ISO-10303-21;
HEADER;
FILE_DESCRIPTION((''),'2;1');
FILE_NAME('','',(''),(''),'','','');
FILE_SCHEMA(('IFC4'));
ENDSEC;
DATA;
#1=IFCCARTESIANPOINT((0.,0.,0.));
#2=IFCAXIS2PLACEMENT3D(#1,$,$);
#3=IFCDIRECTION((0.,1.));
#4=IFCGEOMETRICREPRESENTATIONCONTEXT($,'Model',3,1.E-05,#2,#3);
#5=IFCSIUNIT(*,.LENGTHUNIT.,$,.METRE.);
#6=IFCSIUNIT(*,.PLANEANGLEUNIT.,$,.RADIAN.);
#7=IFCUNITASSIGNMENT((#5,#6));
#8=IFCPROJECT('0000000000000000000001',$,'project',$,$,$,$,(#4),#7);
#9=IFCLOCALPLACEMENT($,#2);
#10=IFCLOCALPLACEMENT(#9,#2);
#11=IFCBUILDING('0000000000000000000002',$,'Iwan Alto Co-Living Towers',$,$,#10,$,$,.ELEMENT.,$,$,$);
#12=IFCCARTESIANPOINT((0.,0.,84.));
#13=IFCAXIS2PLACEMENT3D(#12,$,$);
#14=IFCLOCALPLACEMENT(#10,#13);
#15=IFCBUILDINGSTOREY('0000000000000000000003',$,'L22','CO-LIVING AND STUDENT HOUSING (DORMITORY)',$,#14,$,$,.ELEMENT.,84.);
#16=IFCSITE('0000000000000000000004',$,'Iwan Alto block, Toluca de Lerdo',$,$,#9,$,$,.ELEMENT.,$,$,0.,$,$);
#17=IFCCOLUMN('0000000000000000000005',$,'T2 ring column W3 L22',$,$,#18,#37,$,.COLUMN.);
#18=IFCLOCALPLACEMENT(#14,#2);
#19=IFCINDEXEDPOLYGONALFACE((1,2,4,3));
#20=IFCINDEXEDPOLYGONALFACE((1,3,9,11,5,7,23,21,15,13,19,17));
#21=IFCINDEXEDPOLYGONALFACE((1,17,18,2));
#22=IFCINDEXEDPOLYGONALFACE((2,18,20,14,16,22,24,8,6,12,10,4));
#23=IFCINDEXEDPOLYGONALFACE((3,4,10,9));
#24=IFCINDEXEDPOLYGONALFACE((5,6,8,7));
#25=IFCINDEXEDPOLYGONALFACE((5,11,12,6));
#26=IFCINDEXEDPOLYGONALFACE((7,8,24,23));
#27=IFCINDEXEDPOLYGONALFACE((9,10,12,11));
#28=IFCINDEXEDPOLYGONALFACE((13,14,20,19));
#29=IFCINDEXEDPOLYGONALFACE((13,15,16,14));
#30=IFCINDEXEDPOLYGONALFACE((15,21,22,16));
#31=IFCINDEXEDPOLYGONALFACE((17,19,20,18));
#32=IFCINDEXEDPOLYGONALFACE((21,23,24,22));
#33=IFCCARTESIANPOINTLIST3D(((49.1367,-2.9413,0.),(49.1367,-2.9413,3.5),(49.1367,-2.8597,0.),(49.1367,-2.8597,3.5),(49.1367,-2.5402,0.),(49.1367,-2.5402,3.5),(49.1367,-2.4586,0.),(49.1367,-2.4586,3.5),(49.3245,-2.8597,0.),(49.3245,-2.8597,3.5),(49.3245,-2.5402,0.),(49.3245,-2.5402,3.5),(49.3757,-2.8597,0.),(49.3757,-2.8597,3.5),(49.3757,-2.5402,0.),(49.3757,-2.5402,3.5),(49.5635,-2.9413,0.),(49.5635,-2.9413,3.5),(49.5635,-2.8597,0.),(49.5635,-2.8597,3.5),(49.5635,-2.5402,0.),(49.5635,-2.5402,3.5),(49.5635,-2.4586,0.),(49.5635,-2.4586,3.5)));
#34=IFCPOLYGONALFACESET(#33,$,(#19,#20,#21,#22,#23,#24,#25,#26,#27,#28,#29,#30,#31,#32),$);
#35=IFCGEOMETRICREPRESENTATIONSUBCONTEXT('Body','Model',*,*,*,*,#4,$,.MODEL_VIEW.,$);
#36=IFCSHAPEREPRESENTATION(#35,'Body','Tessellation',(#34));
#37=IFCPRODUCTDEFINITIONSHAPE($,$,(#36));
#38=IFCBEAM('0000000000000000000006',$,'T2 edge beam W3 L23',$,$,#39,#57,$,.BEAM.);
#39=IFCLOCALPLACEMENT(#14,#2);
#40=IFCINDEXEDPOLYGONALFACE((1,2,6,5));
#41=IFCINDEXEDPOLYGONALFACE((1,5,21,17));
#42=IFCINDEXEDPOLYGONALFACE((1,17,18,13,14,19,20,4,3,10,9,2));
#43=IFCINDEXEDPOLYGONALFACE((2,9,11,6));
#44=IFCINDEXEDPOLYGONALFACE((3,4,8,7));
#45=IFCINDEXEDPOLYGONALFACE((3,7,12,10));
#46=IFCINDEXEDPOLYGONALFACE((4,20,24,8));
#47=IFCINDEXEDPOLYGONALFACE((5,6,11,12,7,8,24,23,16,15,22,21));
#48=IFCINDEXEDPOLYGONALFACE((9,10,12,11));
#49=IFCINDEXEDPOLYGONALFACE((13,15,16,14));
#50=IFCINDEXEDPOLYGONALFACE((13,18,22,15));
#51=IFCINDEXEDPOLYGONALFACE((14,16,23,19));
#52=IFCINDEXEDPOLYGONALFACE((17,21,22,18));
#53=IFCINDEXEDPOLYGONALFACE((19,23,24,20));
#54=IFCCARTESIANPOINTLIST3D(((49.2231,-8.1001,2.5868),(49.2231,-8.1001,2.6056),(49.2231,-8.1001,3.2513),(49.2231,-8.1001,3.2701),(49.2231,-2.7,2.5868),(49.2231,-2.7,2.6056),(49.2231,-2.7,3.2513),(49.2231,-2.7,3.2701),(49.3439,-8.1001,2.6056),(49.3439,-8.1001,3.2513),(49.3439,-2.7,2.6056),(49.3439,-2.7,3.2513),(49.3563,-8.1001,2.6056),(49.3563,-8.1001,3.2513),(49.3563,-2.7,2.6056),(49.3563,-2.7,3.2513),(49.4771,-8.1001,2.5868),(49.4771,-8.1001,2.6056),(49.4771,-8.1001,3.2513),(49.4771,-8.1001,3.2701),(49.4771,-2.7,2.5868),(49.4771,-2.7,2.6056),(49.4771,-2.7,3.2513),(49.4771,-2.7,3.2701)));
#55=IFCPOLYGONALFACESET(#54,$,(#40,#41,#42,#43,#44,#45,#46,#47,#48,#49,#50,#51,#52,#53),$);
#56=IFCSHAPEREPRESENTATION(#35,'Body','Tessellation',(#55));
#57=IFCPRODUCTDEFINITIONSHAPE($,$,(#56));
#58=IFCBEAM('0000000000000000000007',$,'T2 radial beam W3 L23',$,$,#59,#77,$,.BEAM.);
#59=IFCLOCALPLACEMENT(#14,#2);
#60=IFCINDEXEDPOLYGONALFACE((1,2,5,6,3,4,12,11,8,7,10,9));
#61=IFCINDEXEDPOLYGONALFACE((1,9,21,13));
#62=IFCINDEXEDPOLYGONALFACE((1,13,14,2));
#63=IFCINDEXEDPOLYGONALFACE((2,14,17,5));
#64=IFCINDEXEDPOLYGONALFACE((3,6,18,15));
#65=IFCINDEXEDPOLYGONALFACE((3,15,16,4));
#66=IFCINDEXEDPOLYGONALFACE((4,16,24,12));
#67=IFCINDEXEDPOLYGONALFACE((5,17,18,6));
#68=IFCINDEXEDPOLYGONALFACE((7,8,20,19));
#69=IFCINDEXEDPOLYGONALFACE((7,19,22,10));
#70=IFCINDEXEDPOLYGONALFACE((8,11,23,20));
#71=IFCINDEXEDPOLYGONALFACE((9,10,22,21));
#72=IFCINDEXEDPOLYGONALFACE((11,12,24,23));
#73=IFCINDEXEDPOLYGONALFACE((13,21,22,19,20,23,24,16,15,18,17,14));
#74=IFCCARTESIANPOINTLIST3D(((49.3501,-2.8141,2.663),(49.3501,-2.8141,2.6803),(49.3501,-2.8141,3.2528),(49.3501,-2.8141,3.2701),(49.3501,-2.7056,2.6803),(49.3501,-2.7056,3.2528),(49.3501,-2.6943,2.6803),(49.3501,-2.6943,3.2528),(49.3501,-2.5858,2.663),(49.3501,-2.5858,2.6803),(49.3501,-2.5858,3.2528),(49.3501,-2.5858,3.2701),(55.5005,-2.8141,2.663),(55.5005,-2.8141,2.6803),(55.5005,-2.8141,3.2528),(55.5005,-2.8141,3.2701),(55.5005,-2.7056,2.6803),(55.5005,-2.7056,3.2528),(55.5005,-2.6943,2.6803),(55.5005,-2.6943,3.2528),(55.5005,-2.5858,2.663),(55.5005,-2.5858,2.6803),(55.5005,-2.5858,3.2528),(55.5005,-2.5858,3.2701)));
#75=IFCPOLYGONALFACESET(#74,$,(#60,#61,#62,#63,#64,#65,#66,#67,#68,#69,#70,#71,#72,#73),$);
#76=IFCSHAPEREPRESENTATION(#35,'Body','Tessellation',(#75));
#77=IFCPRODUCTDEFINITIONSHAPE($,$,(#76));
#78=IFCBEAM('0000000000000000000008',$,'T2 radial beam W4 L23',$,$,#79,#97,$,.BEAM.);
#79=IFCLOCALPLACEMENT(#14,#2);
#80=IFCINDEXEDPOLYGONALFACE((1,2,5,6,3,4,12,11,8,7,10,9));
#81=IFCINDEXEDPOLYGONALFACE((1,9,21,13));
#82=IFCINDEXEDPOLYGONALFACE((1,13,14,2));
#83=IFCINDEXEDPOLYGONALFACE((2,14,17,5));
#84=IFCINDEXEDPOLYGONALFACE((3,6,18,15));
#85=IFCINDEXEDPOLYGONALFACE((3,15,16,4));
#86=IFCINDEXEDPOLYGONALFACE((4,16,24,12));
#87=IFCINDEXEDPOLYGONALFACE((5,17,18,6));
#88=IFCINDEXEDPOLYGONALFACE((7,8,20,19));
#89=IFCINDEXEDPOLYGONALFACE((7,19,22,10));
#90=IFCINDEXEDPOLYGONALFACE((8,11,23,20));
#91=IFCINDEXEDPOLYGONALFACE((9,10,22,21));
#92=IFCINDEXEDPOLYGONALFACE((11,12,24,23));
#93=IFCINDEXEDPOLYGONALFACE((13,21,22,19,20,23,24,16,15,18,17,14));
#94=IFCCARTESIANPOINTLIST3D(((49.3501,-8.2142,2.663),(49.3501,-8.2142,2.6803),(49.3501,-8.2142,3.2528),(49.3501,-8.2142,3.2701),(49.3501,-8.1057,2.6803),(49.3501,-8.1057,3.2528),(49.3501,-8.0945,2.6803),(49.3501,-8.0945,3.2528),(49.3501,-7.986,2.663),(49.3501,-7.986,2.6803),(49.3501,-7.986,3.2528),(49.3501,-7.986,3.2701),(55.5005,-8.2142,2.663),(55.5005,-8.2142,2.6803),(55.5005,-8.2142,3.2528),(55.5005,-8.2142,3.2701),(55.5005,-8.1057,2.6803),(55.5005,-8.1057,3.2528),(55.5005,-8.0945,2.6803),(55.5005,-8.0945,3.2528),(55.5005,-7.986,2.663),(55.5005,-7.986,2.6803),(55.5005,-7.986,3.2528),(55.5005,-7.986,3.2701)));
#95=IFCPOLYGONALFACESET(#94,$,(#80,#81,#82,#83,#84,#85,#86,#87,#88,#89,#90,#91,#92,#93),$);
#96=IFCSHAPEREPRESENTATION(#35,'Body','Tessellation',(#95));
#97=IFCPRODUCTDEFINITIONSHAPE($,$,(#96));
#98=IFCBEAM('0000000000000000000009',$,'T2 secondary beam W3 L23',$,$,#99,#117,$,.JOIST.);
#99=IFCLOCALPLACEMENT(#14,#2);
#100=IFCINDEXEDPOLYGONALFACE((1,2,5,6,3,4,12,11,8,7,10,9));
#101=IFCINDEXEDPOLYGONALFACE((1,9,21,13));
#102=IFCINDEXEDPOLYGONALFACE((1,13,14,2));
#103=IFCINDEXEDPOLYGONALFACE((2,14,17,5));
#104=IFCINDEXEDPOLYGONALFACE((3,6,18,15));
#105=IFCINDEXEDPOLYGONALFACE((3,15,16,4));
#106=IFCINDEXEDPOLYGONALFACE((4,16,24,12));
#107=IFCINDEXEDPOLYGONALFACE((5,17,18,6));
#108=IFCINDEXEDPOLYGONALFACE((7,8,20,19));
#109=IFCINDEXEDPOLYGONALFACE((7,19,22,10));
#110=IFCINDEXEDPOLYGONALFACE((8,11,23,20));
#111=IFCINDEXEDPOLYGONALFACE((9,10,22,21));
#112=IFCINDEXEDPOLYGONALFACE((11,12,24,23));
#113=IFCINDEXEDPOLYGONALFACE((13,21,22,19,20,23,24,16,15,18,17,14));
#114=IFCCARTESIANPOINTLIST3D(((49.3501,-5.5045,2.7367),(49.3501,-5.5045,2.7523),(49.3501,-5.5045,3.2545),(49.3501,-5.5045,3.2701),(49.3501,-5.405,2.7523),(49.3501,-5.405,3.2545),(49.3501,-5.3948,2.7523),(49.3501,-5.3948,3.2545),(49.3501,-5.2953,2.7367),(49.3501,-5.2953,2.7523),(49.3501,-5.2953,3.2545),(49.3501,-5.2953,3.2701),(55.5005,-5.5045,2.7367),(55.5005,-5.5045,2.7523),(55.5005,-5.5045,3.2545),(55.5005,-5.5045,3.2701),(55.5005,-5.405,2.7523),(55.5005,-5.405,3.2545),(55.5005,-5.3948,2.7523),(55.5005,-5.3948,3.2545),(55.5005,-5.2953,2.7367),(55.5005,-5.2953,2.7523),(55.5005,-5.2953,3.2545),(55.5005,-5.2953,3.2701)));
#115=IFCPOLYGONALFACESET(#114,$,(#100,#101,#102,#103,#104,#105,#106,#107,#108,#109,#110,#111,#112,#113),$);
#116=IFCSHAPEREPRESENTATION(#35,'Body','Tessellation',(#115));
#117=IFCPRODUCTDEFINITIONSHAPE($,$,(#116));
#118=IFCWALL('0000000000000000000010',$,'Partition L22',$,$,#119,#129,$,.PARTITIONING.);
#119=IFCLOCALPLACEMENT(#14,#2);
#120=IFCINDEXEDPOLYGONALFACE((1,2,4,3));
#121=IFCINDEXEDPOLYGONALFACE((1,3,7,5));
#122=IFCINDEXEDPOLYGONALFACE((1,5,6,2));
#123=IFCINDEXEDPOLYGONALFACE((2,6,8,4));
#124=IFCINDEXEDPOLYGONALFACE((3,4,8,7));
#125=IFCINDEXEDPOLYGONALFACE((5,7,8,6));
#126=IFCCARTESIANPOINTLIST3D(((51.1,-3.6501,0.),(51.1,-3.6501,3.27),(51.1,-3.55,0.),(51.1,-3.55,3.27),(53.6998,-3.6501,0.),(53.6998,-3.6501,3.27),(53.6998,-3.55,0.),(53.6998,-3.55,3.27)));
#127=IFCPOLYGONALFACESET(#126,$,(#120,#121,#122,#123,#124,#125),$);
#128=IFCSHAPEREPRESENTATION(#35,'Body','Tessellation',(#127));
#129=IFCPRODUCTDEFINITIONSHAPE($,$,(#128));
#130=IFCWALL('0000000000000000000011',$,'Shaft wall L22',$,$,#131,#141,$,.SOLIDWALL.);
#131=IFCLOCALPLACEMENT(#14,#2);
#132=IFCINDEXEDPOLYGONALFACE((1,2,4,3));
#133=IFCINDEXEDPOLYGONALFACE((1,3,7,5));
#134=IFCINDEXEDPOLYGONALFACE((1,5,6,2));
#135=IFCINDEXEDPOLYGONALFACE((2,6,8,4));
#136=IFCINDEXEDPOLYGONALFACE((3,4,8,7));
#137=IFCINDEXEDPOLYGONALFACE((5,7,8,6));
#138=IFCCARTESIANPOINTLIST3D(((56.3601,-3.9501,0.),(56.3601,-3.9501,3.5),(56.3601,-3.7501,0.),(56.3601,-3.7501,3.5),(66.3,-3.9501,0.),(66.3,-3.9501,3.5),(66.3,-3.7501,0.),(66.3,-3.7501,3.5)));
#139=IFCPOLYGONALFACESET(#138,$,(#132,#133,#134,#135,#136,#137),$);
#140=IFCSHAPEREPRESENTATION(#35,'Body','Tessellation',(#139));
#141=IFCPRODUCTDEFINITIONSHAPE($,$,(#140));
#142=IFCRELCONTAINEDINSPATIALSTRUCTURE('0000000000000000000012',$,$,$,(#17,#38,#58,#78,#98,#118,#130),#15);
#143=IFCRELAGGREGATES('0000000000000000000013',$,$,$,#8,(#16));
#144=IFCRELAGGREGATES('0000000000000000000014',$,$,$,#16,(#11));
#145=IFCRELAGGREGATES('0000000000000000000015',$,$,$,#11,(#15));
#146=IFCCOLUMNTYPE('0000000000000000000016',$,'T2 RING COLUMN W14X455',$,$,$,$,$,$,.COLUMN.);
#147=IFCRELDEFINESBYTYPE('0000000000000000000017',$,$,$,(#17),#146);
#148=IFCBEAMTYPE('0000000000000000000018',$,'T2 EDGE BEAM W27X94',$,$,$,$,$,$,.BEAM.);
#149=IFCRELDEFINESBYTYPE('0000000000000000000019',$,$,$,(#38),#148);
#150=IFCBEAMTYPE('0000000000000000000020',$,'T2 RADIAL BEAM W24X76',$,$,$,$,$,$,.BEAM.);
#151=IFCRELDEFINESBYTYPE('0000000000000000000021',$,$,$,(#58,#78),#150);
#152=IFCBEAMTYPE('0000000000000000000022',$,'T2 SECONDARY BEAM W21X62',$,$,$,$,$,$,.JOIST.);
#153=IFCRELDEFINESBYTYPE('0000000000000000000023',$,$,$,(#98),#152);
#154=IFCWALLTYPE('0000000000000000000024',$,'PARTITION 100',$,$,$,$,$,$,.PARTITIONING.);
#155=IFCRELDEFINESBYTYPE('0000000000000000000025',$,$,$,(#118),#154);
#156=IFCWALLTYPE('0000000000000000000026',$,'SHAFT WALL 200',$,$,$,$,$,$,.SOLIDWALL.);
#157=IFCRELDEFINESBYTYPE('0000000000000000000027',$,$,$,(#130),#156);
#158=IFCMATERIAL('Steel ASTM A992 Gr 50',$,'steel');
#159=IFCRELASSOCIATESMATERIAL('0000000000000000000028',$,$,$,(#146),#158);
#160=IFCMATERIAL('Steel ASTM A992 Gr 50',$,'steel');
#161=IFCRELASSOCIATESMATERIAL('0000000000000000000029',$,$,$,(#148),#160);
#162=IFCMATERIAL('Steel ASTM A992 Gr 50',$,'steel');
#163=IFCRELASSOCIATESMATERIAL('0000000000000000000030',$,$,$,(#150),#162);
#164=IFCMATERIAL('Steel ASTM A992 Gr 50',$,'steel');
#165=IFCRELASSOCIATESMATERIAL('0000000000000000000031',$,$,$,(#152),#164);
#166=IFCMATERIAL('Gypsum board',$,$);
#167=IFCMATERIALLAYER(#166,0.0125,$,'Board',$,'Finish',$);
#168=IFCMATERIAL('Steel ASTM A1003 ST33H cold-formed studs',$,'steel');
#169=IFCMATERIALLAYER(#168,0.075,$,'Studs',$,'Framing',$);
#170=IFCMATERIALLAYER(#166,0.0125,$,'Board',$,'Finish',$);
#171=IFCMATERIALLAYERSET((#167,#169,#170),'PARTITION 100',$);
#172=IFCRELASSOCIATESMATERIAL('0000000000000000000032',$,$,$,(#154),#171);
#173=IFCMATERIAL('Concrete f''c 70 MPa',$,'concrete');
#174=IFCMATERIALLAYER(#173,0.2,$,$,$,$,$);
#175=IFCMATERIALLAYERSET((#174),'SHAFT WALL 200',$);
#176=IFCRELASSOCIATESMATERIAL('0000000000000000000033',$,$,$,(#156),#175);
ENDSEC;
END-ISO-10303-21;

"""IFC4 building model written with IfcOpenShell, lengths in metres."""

from ifc_helpers import new_model, si_unit, direction, frame, frame_2d, origin, origin_2d, place, context, subcontext, project, spatial, rectangle, i_section, extrude, material, layer, layer_set, material_profile, profile_set, type_object, element, save


model = new_model("IFC4")

# Units and contexts
model_context = context("Model", 3, precision=1e-05, world=origin(), true_north=direction((0.0, 1.0)))
body_context = subcontext(model_context, "Body", "Model", "MODEL_VIEW")
ifc_project = project(units=[si_unit("LENGTHUNIT", "METRE"), si_unit("PLANEANGLEUNIT", "RADIAN")], contexts=[model_context])

# Site, building, storey
site_placement = place(None, origin())
site = spatial("IfcSite", under=ifc_project, at=site_placement, Name="Iwan Alto block, Toluca de Lerdo", CompositionType="ELEMENT", RefElevation=0.0)
building_placement = place(site_placement, origin())
building = spatial("IfcBuilding", under=site, at=building_placement, Name="Iwan Alto Co-Living Towers", CompositionType="ELEMENT")
storey_placement = place(building_placement, frame((0.0, 0.0, 84.0)))
storey = spatial("IfcBuildingStorey", under=building, at=storey_placement, Name="L22", Description="CO-LIVING AND STUDENT HOUSING (DORMITORY)", CompositionType="ELEMENT", Elevation=84.0)

# Column
ifc_material_1 = material(Name="Steel ASTM A992 Gr 50", Category="steel")
ifc_material_profile_1 = material_profile(ifc_material_1, i_section(OverallWidth=0.4268, OverallDepth=0.4827, WebThickness=0.0513, FlangeThickness=0.0815, at=origin_2d()), Name="W14X455")
ifc_profile_set_1 = profile_set([ifc_material_profile_1], Name="Steel ASTM A992 Gr 50")
column_type = type_object("IfcColumnType", Name="T2 RING COLUMN W14X455", PredefinedType="COLUMN", material=ifc_profile_set_1)
column_placement = place(storey_placement, frame((49.3501, -2.7, 0.0), z_axis=(0.0, 0.0, 1.0), x_axis=(1.0, 0.0, 0.0)))
element("IfcColumn", 1, at=column_placement, inside=storey, type_object=column_type, Name="T2 ring column W3 L22", PredefinedType="COLUMN", context=body_context, shape_type="SweptSolid", body=[
    extrude(i_section(OverallWidth=0.4268, OverallDepth=0.4827, WebThickness=0.0513, FlangeThickness=0.0815, at=origin_2d()), origin(), (0.0, 0.0, 1.0), 3.5),
])

# Beams
ifc_material_2 = material(Name="Steel ASTM A992 Gr 50", Category="steel")
ifc_material_profile_2 = material_profile(ifc_material_2, i_section(OverallWidth=0.2539, OverallDepth=0.6833, WebThickness=0.0125, FlangeThickness=0.0188, at=origin_2d()), Name="W27X94")
ifc_profile_set_2 = profile_set([ifc_material_profile_2], Name="Steel ASTM A992 Gr 50")
beam_type_1 = type_object("IfcBeamType", Name="T2 EDGE BEAM W27X94", PredefinedType="BEAM", material=ifc_profile_set_2)
beam_1_placement = place(storey_placement, frame((49.3501, -2.7, 2.9285), z_axis=(0.0, -1.0, 0.0), x_axis=(1.0, 0.0, 0.0)))
element("IfcBeam", 2, at=beam_1_placement, inside=storey, type_object=beam_type_1, Name="T2 edge beam W3 L23", PredefinedType="BEAM", context=body_context, shape_type="SweptSolid", body=[
    extrude(i_section(OverallWidth=0.2539, OverallDepth=0.6833, WebThickness=0.0125, FlangeThickness=0.0188, at=origin_2d()), origin(), (0.0, 0.0, 1.0), 5.4001),
])
ifc_material_3 = material(Name="Steel ASTM A992 Gr 50", Category="steel")
ifc_material_profile_3 = material_profile(ifc_material_3, i_section(OverallWidth=0.2283, OverallDepth=0.6072, WebThickness=0.0112, FlangeThickness=0.0173, at=origin_2d()), Name="W24X76")
ifc_profile_set_3 = profile_set([ifc_material_profile_3], Name="Steel ASTM A992 Gr 50")
beam_type_2 = type_object("IfcBeamType", Name="T2 RADIAL BEAM W24X76", PredefinedType="BEAM", material=ifc_profile_set_3)
for number, where, z_axis, x_axis, name in (
    (3, (49.3501, -2.7, 2.9666), (1.0, 0.0, 0.0), (0.0, 1.0, 0.0), "T2 radial beam W3 L23"),
    (4, (49.3501, -8.1001, 2.9666), (1.0, 0.0, 0.0), (0.0, 1.0, 0.0), "T2 radial beam W4 L23"),
):
    element("IfcBeam", number, at=place(storey_placement, frame(where, z_axis=z_axis, x_axis=x_axis)), inside=storey, type_object=beam_type_2, Name=name, PredefinedType="BEAM", context=body_context, shape_type="SweptSolid", body=[
        extrude(i_section(OverallWidth=0.2283, OverallDepth=0.6072, WebThickness=0.0112, FlangeThickness=0.0173, at=origin_2d()), origin(), (0.0, 0.0, 1.0), 6.1504),
    ])
ifc_material_4 = material(Name="Steel ASTM A992 Gr 50", Category="steel")
ifc_material_profile_4 = material_profile(ifc_material_4, i_section(OverallWidth=0.2092, OverallDepth=0.5334, WebThickness=0.0103, FlangeThickness=0.0156, at=origin_2d()), Name="W21X62")
ifc_profile_set_4 = profile_set([ifc_material_profile_4], Name="Steel ASTM A992 Gr 50")
beam_type_3 = type_object("IfcBeamType", Name="T2 SECONDARY BEAM W21X62", PredefinedType="JOIST", material=ifc_profile_set_4)
beam_2_placement = place(storey_placement, frame((49.3501, -5.3999, 3.0034), z_axis=(1.0, 0.0, 0.0), x_axis=(0.0, 1.0, 0.0)))
element("IfcBeam", 5, at=beam_2_placement, inside=storey, type_object=beam_type_3, Name="T2 secondary beam W3 L23", PredefinedType="JOIST", context=body_context, shape_type="SweptSolid", body=[
    extrude(i_section(OverallWidth=0.2092, OverallDepth=0.5334, WebThickness=0.0103, FlangeThickness=0.0156, at=origin_2d()), origin(), (0.0, 0.0, 1.0), 6.1504),
])

# Walls
ifc_material_5 = material(Name="Gypsum board")
ifc_layer_1 = layer(ifc_material_5, 0.0125, Name="Board", Category="Finish")
ifc_material_6 = material(Name="Steel ASTM A1003 ST33H cold-formed studs", Category="steel")
ifc_layer_2 = layer(ifc_material_6, 0.075, Name="Studs", Category="Framing")
ifc_layer_3 = layer(ifc_material_5, 0.0125, Name="Board", Category="Finish")
ifc_layer_set_1 = layer_set([ifc_layer_1, ifc_layer_2, ifc_layer_3], Name="PARTITION 100")
wall_type_1 = type_object("IfcWallType", Name="PARTITION 100", PredefinedType="PARTITIONING", material=ifc_layer_set_1)
wall_1_placement = place(storey_placement, frame((51.1001, -3.6001, 0.0), z_axis=(0.0, 0.0, 1.0), x_axis=(1.0, 0.0, 0.0)))
element("IfcWall", 6, at=wall_1_placement, inside=storey, type_object=wall_type_1, Name="Partition L22", PredefinedType="PARTITIONING", context=body_context, shape_type="SweptSolid", body=[
    extrude(rectangle(XDim=2.5999, YDim=0.1001, at=frame_2d((1.2998, 0.0))), origin(), (0.0, 0.0, 1.0), 3.27),
])
ifc_material_7 = material(Name="Concrete f'c 70 MPa", Category="concrete")
ifc_layer_4 = layer(ifc_material_7, 0.2)
ifc_layer_set_2 = layer_set([ifc_layer_4], Name="SHAFT WALL 200")
wall_type_2 = type_object("IfcWallType", Name="SHAFT WALL 200", PredefinedType="SOLIDWALL", material=ifc_layer_set_2)
wall_2_placement = place(storey_placement, frame((56.3601, -3.8501, 0.0), z_axis=(0.0, 0.0, 1.0), x_axis=(1.0, 0.0, 0.0)))
element("IfcWall", 7, at=wall_2_placement, inside=storey, type_object=wall_type_2, Name="Shaft wall L22", PredefinedType="SOLIDWALL", context=body_context, shape_type="SweptSolid", body=[
    extrude(rectangle(XDim=9.9399, YDim=0.2, at=frame_2d((4.97, 0.0))), origin(), (0.0, 0.0, 1.0), 3.5),
])

save(model, "model.ifc")
